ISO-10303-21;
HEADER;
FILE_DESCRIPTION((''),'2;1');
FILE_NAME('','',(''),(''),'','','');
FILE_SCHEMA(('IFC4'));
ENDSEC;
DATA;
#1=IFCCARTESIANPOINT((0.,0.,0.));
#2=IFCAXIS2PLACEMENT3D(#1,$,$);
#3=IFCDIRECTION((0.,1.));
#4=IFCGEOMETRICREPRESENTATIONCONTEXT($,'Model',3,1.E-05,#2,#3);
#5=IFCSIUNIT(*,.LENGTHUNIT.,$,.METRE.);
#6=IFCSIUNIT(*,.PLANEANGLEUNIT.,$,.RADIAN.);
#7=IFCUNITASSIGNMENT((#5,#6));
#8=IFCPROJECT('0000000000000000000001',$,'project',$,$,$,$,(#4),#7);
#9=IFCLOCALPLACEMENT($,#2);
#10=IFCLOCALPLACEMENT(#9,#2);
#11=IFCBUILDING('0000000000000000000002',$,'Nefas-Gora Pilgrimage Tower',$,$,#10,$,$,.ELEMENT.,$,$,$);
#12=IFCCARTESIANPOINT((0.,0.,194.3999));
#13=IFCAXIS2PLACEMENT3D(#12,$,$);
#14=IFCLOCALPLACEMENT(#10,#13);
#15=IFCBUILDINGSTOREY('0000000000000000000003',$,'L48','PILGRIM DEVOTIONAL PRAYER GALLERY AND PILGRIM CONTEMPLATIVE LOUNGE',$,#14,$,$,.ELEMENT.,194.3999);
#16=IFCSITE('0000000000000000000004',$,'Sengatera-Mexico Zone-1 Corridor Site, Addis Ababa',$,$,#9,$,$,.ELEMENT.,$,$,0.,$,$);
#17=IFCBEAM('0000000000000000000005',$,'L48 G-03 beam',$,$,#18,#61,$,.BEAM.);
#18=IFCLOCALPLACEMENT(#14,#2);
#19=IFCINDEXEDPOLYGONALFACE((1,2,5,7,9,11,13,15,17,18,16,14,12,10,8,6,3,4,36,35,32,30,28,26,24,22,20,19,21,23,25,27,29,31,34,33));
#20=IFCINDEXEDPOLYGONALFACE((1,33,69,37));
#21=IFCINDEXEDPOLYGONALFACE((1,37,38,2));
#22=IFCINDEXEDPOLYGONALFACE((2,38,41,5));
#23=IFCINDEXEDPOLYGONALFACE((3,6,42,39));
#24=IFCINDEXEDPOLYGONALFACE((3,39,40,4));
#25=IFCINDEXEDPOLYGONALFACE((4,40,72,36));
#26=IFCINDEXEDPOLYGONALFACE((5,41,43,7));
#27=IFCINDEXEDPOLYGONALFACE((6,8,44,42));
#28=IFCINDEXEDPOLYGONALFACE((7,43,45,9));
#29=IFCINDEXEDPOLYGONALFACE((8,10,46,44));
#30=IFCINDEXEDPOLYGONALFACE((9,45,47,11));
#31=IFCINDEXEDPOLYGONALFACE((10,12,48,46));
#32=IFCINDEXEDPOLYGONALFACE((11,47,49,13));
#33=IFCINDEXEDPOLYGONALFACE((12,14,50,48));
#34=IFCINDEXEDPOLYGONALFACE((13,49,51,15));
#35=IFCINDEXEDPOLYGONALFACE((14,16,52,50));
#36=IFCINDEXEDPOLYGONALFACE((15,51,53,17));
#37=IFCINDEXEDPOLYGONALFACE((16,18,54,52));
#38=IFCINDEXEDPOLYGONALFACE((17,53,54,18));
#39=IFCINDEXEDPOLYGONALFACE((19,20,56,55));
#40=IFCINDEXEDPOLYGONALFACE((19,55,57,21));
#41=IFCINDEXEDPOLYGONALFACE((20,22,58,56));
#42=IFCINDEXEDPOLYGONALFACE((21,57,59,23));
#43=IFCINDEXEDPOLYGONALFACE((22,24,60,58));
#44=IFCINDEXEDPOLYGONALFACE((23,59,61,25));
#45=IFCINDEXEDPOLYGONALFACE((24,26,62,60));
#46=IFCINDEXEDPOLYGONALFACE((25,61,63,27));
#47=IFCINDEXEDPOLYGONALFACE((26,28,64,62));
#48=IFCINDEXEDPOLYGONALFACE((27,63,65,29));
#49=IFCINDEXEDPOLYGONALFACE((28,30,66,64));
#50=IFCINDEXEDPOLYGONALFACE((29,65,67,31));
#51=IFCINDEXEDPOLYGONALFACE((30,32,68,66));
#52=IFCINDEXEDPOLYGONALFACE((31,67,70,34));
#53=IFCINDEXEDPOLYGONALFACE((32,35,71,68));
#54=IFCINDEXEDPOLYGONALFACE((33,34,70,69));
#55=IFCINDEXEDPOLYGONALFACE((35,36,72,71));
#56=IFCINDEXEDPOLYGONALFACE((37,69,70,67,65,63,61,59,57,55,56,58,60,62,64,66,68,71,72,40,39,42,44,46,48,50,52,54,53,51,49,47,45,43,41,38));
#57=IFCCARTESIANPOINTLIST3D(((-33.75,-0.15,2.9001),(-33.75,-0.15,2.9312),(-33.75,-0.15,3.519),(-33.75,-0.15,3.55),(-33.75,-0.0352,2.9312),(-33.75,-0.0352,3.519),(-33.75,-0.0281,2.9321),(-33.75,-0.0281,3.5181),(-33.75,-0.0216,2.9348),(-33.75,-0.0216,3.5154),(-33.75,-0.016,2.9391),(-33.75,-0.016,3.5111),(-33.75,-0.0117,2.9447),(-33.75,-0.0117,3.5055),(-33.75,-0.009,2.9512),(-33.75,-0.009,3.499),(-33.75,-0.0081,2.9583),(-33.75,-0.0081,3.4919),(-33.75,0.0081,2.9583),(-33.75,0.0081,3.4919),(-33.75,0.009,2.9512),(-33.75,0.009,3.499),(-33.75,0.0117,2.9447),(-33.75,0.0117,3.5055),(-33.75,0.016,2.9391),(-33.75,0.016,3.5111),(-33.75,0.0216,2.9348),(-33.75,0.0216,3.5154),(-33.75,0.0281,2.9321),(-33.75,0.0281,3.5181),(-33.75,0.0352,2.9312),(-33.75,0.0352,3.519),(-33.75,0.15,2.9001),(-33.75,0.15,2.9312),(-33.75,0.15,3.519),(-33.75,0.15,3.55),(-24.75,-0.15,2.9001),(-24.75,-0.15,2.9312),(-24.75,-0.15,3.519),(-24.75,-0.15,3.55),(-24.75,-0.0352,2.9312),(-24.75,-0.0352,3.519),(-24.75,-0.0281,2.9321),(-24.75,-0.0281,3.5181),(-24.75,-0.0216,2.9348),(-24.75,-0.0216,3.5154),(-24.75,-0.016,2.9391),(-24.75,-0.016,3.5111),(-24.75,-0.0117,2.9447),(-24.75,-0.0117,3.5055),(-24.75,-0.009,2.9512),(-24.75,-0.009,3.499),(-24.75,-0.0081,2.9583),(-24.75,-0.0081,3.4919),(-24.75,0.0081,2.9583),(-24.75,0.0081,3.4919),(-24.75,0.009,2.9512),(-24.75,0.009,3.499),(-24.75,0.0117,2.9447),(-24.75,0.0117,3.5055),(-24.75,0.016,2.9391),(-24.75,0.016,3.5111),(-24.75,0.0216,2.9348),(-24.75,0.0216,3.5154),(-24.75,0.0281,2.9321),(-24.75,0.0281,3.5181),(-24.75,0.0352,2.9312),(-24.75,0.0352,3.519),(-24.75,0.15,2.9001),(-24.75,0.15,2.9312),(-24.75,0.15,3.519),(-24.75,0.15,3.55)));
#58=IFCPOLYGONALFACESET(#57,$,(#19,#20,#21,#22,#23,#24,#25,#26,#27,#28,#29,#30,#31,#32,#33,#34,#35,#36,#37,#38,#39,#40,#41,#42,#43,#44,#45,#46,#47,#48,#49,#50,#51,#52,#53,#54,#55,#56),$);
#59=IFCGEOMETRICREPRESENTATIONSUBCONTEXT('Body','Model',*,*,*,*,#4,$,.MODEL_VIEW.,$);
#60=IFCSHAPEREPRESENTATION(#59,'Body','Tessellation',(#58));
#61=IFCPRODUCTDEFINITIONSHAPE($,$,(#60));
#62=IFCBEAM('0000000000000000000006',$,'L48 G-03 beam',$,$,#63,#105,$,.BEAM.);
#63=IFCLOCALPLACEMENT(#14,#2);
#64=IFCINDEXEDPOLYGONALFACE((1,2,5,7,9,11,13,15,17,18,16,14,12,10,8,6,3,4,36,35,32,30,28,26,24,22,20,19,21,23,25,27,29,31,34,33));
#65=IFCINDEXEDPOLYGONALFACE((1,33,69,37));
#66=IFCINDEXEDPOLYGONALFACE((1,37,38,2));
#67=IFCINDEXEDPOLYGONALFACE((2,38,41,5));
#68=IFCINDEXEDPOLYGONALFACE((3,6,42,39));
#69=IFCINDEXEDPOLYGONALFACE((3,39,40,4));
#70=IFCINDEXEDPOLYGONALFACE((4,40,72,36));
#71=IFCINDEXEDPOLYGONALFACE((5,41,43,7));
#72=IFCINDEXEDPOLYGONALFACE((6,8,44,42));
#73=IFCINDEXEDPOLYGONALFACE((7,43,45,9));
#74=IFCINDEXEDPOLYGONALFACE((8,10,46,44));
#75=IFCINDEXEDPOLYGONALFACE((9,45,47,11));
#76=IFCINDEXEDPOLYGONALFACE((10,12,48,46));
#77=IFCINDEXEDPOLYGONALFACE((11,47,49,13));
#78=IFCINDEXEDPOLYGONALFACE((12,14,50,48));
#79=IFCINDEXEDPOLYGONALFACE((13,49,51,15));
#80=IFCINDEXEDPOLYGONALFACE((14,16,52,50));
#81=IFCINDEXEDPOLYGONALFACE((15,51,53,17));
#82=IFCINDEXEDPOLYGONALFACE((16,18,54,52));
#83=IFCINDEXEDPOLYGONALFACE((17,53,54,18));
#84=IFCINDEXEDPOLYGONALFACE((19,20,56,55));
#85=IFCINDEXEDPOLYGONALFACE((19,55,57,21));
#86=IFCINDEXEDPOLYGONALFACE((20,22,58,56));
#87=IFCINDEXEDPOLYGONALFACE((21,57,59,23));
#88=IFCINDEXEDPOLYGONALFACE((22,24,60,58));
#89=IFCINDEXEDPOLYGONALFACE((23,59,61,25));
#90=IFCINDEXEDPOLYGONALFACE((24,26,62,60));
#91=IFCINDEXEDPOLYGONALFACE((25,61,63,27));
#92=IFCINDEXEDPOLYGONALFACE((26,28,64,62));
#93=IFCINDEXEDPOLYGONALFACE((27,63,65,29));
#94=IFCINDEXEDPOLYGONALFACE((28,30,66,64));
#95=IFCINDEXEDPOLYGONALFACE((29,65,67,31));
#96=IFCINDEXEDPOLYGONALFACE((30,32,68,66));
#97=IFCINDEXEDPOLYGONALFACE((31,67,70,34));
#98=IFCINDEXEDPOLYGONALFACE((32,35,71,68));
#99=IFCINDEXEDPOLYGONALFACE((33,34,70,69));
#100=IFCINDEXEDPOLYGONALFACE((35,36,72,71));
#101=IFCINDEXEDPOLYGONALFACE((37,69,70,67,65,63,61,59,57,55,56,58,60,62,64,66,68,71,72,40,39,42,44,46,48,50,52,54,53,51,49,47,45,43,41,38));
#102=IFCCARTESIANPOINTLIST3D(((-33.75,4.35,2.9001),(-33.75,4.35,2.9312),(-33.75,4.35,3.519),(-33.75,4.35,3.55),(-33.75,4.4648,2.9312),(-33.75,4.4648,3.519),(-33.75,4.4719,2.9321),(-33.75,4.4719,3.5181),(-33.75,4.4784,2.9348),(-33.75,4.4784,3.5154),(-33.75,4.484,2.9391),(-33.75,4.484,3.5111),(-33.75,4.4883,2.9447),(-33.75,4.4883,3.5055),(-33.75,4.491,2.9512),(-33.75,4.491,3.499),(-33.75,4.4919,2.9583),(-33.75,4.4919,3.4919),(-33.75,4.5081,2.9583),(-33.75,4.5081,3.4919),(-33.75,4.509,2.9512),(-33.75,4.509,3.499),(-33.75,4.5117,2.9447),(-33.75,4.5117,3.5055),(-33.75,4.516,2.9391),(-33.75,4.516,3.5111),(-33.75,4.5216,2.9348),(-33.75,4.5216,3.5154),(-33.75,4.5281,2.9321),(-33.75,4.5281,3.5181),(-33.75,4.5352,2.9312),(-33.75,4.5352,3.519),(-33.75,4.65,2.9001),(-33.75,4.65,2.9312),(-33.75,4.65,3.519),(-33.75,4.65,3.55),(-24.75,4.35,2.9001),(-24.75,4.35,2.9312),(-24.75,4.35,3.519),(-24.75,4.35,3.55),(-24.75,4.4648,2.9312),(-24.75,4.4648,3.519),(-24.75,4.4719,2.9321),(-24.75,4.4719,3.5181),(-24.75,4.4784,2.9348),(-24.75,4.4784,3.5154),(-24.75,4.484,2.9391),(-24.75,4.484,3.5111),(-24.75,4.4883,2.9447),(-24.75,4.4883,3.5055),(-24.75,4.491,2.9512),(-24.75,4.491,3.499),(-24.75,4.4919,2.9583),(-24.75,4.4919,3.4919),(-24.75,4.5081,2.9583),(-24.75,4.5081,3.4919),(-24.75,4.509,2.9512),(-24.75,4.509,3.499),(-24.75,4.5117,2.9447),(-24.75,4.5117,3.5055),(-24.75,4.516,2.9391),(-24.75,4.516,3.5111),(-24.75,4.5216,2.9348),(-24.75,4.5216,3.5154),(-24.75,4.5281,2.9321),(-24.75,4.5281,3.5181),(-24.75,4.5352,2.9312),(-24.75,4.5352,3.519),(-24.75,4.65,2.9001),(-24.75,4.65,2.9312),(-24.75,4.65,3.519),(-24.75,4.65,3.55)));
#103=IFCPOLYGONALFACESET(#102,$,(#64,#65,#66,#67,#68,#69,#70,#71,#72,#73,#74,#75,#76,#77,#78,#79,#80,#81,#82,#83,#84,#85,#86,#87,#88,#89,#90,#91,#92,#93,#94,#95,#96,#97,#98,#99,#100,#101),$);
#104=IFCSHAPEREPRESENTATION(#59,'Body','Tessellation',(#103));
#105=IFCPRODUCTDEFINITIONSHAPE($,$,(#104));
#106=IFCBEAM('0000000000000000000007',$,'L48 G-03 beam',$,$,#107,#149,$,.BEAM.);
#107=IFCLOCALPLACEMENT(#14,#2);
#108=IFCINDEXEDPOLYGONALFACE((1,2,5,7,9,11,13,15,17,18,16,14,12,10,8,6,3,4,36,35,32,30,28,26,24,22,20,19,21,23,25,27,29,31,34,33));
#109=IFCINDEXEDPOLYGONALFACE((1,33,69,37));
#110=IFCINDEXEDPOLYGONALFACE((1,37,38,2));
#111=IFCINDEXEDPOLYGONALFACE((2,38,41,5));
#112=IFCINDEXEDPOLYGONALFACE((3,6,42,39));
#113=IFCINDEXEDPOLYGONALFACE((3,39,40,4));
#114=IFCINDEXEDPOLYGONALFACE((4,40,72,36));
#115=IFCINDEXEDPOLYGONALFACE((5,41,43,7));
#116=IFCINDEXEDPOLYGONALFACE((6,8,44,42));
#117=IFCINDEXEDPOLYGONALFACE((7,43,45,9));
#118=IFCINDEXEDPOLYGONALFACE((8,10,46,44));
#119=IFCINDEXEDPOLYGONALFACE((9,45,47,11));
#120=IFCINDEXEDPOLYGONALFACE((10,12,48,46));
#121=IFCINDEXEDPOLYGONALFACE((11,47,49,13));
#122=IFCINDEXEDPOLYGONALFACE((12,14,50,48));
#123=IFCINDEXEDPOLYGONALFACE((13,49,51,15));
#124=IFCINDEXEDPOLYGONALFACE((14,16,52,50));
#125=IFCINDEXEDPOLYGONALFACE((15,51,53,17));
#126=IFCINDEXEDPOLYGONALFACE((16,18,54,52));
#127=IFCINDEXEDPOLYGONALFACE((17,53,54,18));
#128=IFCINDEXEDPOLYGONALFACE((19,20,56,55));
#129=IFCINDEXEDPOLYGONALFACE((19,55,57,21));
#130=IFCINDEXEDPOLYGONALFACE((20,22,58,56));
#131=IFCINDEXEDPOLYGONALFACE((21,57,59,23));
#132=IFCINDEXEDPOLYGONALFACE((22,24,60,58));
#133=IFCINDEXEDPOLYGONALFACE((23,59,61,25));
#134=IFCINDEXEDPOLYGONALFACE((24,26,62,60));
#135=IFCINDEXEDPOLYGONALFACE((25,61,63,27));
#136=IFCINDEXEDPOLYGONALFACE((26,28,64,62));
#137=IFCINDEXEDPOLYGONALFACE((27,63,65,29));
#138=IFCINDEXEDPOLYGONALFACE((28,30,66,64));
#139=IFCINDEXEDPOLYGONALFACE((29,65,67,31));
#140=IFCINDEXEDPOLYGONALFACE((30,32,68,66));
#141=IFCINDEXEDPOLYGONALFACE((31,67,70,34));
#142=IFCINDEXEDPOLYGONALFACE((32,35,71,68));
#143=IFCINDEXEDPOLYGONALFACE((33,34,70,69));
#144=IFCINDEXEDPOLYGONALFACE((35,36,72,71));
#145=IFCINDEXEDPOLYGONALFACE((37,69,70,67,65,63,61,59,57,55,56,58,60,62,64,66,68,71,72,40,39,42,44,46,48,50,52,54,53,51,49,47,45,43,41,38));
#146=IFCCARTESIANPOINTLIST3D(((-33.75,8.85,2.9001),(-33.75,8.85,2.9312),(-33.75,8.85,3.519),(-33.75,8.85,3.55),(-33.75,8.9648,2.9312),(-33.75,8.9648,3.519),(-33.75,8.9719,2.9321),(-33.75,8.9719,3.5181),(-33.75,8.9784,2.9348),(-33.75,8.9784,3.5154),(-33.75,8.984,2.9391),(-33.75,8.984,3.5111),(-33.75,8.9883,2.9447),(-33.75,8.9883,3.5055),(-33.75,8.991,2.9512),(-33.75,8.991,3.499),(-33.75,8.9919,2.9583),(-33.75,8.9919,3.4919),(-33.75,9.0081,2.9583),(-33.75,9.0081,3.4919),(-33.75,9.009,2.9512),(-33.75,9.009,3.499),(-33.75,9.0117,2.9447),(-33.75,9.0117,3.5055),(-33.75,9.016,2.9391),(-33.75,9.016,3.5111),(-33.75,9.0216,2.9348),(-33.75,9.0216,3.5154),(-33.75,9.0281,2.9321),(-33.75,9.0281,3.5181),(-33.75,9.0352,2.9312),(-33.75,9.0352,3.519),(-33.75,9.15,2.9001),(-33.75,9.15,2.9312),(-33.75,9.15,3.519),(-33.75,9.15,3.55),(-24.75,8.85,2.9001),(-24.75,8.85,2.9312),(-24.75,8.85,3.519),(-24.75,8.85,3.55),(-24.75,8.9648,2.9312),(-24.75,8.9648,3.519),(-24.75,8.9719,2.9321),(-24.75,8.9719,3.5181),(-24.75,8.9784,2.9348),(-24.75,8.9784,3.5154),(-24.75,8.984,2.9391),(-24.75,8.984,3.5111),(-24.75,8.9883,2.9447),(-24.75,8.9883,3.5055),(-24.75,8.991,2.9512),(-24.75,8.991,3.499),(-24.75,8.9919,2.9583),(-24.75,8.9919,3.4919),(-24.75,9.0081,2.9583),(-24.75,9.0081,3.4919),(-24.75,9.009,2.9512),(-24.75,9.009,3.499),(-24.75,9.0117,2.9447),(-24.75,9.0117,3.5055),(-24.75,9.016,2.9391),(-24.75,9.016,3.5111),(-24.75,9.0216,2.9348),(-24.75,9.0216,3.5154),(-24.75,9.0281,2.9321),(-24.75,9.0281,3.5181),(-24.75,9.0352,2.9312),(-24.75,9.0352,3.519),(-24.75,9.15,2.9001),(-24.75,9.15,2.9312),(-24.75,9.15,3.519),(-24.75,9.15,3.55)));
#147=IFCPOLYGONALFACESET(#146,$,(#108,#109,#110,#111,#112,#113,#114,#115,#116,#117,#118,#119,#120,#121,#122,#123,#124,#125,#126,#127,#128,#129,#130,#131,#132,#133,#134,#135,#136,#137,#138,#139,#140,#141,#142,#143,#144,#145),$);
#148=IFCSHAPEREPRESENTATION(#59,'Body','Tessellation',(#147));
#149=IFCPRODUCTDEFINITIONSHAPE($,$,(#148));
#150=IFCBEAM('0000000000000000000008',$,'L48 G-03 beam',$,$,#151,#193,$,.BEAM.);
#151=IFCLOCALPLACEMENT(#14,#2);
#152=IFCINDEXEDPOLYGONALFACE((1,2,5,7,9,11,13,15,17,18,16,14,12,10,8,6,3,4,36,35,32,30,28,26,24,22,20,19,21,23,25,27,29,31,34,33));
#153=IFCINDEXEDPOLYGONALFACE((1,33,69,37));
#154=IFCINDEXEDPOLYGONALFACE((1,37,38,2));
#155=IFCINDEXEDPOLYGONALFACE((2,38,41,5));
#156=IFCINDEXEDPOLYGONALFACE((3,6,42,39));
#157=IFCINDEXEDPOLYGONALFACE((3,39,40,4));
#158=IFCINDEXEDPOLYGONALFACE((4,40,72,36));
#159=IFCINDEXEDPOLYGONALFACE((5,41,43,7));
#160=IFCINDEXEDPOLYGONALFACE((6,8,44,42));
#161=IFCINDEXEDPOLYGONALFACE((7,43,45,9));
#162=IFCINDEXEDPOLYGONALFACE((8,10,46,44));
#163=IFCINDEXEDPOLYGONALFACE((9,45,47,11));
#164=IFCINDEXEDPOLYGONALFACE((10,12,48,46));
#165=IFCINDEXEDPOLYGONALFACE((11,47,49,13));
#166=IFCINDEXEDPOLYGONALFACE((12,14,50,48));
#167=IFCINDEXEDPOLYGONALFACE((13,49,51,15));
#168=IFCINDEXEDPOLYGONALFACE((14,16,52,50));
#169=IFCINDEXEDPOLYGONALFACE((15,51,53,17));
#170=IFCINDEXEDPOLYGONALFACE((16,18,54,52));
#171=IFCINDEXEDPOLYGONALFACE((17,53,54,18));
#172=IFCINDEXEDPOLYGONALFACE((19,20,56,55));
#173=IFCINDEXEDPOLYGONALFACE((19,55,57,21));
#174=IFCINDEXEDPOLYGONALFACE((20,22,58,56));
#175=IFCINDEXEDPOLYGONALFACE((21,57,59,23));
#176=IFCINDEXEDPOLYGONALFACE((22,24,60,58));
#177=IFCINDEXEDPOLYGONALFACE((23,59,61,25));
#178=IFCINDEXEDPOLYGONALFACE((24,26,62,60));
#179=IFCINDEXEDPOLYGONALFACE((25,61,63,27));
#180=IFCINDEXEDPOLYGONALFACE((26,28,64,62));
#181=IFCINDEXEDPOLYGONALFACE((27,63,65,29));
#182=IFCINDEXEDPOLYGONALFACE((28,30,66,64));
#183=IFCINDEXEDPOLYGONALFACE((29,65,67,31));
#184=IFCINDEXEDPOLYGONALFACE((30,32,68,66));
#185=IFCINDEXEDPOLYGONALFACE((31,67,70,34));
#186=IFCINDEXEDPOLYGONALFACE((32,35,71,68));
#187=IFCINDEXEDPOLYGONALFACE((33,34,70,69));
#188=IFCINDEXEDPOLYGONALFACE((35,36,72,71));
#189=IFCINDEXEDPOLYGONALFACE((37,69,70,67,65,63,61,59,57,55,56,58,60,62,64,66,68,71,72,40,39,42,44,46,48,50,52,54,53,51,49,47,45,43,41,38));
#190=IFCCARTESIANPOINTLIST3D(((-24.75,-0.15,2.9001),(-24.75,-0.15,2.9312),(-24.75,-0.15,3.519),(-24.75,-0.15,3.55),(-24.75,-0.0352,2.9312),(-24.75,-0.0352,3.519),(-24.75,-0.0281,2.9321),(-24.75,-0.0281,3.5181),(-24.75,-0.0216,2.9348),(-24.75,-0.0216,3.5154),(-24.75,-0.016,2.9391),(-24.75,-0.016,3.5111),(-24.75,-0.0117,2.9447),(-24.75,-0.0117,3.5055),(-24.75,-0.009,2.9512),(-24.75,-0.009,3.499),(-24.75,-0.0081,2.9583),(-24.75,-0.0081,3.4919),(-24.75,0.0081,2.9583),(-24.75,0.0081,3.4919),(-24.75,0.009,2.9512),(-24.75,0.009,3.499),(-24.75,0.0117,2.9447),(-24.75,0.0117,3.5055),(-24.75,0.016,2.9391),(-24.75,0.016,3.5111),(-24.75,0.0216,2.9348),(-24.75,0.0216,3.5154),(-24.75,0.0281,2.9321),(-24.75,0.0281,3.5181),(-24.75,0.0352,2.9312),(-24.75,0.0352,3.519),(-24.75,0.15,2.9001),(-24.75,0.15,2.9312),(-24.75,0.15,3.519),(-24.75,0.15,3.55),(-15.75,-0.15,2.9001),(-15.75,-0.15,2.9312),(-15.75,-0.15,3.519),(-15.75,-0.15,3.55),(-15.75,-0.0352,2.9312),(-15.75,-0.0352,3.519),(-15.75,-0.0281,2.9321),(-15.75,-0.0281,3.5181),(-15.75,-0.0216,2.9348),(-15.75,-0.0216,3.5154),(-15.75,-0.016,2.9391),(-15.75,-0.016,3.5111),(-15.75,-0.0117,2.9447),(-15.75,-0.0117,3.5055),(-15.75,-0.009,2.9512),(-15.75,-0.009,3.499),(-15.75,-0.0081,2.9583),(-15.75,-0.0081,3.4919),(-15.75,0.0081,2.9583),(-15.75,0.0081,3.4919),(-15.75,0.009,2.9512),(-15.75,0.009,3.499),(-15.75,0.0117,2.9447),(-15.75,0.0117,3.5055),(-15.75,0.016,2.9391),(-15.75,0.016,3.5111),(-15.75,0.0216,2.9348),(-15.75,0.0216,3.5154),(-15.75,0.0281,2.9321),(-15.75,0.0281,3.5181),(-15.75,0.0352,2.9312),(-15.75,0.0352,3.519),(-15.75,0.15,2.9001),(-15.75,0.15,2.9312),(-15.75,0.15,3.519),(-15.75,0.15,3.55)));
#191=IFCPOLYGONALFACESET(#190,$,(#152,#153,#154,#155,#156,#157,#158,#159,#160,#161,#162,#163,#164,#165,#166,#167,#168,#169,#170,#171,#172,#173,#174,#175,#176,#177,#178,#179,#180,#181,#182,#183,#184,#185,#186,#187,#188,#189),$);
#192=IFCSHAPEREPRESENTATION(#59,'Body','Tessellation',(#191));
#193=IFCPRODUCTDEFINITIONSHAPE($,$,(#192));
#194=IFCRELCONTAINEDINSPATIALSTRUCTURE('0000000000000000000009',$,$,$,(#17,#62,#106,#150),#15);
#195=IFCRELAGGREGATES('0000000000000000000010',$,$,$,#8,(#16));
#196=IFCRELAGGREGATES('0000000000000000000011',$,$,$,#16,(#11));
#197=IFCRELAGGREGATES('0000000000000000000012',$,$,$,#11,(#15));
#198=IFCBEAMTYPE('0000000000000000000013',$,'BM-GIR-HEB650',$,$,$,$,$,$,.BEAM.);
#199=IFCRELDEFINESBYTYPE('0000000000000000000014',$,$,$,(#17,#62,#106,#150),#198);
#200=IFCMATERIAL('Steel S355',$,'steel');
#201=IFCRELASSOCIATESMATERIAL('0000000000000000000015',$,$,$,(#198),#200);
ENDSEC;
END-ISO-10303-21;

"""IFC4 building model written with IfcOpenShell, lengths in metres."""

from ifc_helpers import new_model, si_unit, direction, frame, origin, origin_2d, place, context, subcontext, project, spatial, i_section, extrude, source, transform, mapped, material, material_profile, profile_set, type_object, element, save


model = new_model("IFC4")

# Units and contexts
model_context = context("Model", 3, precision=1e-05, world=origin(), true_north=direction((0.0, 1.0)))
body_context = subcontext(model_context, "Body", "Model", "MODEL_VIEW")
ifc_project = project(units=[si_unit("LENGTHUNIT", "METRE"), si_unit("PLANEANGLEUNIT", "RADIAN")], contexts=[model_context])

# Site, building, storey
site_placement = place(None, origin())
site = spatial("IfcSite", under=ifc_project, at=site_placement, Name="Sengatera-Mexico Zone-1 Corridor Site, Addis Ababa", CompositionType="ELEMENT", RefElevation=0.0)
building_placement = place(site_placement, origin())
building = spatial("IfcBuilding", under=site, at=building_placement, Name="Nefas-Gora Pilgrimage Tower", CompositionType="ELEMENT")
storey_placement = place(building_placement, frame((0.0, 0.0, 194.3999)))
storey = spatial("IfcBuildingStorey", under=building, at=storey_placement, Name="L48", Description="PILGRIM DEVOTIONAL PRAYER GALLERY AND PILGRIM CONTEMPLATIVE LOUNGE", CompositionType="ELEMENT", Elevation=194.3999)

# Beams
ifc_material_1 = material(Name="Steel S355", Category="steel")
ifc_material_profile_1 = material_profile(ifc_material_1, i_section(OverallWidth=0.3, OverallDepth=0.6499, WebThickness=0.0161, FlangeThickness=0.031, FilletRadius=0.0271, at=origin_2d()), Name="HEB 650")
ifc_profile_set_1 = profile_set([ifc_material_profile_1], Name="Steel S355")
beam_type_1 = type_object("IfcBeamType", Name="BM-GIR-HEB650", PredefinedType="BEAM", material=ifc_profile_set_1)
shared_shape_1 = source(origin(), body_context, "Body", "SweptSolid", [
    extrude(i_section(OverallWidth=0.3, OverallDepth=0.6499, WebThickness=0.0161, FlangeThickness=0.031, FilletRadius=0.0271, at=origin_2d()), origin(), (0.0, 0.0, 1.0), 9.0),
])
for number, where, z_axis, x_axis, name in (
    (1, (-33.75, 0.0, 3.2251), (1.0, 0.0, 0.0), (0.0, 1.0, 0.0), "L48 G-03 beam"),
    (2, (-33.75, 4.5, 3.2251), (1.0, 0.0, 0.0), (0.0, 1.0, 0.0), "L48 G-03 beam"),
    (3, (-33.75, 9.0, 3.2251), (1.0, 0.0, 0.0), (0.0, 1.0, 0.0), "L48 G-03 beam"),
    (4, (-24.75, 0.0, 3.2251), (1.0, 0.0, 0.0), (0.0, 1.0, 0.0), "L48 G-03 beam"),
):
    element("IfcBeam", number, at=place(storey_placement, frame(where, z_axis=z_axis, x_axis=x_axis)), inside=storey, type_object=beam_type_1, Name=name, PredefinedType="BEAM", context=body_context, shape_type="MappedRepresentation", body=[
        mapped(shared_shape_1, transform((0.0, 0.0, 0.0), x_axis=(1.0, 0.0, 0.0), y_axis=(0.0, 1.0, 0.0), z_axis=(0.0, 0.0, 1.0), scale=1.0)),
    ])

save(model, "model.ifc")
